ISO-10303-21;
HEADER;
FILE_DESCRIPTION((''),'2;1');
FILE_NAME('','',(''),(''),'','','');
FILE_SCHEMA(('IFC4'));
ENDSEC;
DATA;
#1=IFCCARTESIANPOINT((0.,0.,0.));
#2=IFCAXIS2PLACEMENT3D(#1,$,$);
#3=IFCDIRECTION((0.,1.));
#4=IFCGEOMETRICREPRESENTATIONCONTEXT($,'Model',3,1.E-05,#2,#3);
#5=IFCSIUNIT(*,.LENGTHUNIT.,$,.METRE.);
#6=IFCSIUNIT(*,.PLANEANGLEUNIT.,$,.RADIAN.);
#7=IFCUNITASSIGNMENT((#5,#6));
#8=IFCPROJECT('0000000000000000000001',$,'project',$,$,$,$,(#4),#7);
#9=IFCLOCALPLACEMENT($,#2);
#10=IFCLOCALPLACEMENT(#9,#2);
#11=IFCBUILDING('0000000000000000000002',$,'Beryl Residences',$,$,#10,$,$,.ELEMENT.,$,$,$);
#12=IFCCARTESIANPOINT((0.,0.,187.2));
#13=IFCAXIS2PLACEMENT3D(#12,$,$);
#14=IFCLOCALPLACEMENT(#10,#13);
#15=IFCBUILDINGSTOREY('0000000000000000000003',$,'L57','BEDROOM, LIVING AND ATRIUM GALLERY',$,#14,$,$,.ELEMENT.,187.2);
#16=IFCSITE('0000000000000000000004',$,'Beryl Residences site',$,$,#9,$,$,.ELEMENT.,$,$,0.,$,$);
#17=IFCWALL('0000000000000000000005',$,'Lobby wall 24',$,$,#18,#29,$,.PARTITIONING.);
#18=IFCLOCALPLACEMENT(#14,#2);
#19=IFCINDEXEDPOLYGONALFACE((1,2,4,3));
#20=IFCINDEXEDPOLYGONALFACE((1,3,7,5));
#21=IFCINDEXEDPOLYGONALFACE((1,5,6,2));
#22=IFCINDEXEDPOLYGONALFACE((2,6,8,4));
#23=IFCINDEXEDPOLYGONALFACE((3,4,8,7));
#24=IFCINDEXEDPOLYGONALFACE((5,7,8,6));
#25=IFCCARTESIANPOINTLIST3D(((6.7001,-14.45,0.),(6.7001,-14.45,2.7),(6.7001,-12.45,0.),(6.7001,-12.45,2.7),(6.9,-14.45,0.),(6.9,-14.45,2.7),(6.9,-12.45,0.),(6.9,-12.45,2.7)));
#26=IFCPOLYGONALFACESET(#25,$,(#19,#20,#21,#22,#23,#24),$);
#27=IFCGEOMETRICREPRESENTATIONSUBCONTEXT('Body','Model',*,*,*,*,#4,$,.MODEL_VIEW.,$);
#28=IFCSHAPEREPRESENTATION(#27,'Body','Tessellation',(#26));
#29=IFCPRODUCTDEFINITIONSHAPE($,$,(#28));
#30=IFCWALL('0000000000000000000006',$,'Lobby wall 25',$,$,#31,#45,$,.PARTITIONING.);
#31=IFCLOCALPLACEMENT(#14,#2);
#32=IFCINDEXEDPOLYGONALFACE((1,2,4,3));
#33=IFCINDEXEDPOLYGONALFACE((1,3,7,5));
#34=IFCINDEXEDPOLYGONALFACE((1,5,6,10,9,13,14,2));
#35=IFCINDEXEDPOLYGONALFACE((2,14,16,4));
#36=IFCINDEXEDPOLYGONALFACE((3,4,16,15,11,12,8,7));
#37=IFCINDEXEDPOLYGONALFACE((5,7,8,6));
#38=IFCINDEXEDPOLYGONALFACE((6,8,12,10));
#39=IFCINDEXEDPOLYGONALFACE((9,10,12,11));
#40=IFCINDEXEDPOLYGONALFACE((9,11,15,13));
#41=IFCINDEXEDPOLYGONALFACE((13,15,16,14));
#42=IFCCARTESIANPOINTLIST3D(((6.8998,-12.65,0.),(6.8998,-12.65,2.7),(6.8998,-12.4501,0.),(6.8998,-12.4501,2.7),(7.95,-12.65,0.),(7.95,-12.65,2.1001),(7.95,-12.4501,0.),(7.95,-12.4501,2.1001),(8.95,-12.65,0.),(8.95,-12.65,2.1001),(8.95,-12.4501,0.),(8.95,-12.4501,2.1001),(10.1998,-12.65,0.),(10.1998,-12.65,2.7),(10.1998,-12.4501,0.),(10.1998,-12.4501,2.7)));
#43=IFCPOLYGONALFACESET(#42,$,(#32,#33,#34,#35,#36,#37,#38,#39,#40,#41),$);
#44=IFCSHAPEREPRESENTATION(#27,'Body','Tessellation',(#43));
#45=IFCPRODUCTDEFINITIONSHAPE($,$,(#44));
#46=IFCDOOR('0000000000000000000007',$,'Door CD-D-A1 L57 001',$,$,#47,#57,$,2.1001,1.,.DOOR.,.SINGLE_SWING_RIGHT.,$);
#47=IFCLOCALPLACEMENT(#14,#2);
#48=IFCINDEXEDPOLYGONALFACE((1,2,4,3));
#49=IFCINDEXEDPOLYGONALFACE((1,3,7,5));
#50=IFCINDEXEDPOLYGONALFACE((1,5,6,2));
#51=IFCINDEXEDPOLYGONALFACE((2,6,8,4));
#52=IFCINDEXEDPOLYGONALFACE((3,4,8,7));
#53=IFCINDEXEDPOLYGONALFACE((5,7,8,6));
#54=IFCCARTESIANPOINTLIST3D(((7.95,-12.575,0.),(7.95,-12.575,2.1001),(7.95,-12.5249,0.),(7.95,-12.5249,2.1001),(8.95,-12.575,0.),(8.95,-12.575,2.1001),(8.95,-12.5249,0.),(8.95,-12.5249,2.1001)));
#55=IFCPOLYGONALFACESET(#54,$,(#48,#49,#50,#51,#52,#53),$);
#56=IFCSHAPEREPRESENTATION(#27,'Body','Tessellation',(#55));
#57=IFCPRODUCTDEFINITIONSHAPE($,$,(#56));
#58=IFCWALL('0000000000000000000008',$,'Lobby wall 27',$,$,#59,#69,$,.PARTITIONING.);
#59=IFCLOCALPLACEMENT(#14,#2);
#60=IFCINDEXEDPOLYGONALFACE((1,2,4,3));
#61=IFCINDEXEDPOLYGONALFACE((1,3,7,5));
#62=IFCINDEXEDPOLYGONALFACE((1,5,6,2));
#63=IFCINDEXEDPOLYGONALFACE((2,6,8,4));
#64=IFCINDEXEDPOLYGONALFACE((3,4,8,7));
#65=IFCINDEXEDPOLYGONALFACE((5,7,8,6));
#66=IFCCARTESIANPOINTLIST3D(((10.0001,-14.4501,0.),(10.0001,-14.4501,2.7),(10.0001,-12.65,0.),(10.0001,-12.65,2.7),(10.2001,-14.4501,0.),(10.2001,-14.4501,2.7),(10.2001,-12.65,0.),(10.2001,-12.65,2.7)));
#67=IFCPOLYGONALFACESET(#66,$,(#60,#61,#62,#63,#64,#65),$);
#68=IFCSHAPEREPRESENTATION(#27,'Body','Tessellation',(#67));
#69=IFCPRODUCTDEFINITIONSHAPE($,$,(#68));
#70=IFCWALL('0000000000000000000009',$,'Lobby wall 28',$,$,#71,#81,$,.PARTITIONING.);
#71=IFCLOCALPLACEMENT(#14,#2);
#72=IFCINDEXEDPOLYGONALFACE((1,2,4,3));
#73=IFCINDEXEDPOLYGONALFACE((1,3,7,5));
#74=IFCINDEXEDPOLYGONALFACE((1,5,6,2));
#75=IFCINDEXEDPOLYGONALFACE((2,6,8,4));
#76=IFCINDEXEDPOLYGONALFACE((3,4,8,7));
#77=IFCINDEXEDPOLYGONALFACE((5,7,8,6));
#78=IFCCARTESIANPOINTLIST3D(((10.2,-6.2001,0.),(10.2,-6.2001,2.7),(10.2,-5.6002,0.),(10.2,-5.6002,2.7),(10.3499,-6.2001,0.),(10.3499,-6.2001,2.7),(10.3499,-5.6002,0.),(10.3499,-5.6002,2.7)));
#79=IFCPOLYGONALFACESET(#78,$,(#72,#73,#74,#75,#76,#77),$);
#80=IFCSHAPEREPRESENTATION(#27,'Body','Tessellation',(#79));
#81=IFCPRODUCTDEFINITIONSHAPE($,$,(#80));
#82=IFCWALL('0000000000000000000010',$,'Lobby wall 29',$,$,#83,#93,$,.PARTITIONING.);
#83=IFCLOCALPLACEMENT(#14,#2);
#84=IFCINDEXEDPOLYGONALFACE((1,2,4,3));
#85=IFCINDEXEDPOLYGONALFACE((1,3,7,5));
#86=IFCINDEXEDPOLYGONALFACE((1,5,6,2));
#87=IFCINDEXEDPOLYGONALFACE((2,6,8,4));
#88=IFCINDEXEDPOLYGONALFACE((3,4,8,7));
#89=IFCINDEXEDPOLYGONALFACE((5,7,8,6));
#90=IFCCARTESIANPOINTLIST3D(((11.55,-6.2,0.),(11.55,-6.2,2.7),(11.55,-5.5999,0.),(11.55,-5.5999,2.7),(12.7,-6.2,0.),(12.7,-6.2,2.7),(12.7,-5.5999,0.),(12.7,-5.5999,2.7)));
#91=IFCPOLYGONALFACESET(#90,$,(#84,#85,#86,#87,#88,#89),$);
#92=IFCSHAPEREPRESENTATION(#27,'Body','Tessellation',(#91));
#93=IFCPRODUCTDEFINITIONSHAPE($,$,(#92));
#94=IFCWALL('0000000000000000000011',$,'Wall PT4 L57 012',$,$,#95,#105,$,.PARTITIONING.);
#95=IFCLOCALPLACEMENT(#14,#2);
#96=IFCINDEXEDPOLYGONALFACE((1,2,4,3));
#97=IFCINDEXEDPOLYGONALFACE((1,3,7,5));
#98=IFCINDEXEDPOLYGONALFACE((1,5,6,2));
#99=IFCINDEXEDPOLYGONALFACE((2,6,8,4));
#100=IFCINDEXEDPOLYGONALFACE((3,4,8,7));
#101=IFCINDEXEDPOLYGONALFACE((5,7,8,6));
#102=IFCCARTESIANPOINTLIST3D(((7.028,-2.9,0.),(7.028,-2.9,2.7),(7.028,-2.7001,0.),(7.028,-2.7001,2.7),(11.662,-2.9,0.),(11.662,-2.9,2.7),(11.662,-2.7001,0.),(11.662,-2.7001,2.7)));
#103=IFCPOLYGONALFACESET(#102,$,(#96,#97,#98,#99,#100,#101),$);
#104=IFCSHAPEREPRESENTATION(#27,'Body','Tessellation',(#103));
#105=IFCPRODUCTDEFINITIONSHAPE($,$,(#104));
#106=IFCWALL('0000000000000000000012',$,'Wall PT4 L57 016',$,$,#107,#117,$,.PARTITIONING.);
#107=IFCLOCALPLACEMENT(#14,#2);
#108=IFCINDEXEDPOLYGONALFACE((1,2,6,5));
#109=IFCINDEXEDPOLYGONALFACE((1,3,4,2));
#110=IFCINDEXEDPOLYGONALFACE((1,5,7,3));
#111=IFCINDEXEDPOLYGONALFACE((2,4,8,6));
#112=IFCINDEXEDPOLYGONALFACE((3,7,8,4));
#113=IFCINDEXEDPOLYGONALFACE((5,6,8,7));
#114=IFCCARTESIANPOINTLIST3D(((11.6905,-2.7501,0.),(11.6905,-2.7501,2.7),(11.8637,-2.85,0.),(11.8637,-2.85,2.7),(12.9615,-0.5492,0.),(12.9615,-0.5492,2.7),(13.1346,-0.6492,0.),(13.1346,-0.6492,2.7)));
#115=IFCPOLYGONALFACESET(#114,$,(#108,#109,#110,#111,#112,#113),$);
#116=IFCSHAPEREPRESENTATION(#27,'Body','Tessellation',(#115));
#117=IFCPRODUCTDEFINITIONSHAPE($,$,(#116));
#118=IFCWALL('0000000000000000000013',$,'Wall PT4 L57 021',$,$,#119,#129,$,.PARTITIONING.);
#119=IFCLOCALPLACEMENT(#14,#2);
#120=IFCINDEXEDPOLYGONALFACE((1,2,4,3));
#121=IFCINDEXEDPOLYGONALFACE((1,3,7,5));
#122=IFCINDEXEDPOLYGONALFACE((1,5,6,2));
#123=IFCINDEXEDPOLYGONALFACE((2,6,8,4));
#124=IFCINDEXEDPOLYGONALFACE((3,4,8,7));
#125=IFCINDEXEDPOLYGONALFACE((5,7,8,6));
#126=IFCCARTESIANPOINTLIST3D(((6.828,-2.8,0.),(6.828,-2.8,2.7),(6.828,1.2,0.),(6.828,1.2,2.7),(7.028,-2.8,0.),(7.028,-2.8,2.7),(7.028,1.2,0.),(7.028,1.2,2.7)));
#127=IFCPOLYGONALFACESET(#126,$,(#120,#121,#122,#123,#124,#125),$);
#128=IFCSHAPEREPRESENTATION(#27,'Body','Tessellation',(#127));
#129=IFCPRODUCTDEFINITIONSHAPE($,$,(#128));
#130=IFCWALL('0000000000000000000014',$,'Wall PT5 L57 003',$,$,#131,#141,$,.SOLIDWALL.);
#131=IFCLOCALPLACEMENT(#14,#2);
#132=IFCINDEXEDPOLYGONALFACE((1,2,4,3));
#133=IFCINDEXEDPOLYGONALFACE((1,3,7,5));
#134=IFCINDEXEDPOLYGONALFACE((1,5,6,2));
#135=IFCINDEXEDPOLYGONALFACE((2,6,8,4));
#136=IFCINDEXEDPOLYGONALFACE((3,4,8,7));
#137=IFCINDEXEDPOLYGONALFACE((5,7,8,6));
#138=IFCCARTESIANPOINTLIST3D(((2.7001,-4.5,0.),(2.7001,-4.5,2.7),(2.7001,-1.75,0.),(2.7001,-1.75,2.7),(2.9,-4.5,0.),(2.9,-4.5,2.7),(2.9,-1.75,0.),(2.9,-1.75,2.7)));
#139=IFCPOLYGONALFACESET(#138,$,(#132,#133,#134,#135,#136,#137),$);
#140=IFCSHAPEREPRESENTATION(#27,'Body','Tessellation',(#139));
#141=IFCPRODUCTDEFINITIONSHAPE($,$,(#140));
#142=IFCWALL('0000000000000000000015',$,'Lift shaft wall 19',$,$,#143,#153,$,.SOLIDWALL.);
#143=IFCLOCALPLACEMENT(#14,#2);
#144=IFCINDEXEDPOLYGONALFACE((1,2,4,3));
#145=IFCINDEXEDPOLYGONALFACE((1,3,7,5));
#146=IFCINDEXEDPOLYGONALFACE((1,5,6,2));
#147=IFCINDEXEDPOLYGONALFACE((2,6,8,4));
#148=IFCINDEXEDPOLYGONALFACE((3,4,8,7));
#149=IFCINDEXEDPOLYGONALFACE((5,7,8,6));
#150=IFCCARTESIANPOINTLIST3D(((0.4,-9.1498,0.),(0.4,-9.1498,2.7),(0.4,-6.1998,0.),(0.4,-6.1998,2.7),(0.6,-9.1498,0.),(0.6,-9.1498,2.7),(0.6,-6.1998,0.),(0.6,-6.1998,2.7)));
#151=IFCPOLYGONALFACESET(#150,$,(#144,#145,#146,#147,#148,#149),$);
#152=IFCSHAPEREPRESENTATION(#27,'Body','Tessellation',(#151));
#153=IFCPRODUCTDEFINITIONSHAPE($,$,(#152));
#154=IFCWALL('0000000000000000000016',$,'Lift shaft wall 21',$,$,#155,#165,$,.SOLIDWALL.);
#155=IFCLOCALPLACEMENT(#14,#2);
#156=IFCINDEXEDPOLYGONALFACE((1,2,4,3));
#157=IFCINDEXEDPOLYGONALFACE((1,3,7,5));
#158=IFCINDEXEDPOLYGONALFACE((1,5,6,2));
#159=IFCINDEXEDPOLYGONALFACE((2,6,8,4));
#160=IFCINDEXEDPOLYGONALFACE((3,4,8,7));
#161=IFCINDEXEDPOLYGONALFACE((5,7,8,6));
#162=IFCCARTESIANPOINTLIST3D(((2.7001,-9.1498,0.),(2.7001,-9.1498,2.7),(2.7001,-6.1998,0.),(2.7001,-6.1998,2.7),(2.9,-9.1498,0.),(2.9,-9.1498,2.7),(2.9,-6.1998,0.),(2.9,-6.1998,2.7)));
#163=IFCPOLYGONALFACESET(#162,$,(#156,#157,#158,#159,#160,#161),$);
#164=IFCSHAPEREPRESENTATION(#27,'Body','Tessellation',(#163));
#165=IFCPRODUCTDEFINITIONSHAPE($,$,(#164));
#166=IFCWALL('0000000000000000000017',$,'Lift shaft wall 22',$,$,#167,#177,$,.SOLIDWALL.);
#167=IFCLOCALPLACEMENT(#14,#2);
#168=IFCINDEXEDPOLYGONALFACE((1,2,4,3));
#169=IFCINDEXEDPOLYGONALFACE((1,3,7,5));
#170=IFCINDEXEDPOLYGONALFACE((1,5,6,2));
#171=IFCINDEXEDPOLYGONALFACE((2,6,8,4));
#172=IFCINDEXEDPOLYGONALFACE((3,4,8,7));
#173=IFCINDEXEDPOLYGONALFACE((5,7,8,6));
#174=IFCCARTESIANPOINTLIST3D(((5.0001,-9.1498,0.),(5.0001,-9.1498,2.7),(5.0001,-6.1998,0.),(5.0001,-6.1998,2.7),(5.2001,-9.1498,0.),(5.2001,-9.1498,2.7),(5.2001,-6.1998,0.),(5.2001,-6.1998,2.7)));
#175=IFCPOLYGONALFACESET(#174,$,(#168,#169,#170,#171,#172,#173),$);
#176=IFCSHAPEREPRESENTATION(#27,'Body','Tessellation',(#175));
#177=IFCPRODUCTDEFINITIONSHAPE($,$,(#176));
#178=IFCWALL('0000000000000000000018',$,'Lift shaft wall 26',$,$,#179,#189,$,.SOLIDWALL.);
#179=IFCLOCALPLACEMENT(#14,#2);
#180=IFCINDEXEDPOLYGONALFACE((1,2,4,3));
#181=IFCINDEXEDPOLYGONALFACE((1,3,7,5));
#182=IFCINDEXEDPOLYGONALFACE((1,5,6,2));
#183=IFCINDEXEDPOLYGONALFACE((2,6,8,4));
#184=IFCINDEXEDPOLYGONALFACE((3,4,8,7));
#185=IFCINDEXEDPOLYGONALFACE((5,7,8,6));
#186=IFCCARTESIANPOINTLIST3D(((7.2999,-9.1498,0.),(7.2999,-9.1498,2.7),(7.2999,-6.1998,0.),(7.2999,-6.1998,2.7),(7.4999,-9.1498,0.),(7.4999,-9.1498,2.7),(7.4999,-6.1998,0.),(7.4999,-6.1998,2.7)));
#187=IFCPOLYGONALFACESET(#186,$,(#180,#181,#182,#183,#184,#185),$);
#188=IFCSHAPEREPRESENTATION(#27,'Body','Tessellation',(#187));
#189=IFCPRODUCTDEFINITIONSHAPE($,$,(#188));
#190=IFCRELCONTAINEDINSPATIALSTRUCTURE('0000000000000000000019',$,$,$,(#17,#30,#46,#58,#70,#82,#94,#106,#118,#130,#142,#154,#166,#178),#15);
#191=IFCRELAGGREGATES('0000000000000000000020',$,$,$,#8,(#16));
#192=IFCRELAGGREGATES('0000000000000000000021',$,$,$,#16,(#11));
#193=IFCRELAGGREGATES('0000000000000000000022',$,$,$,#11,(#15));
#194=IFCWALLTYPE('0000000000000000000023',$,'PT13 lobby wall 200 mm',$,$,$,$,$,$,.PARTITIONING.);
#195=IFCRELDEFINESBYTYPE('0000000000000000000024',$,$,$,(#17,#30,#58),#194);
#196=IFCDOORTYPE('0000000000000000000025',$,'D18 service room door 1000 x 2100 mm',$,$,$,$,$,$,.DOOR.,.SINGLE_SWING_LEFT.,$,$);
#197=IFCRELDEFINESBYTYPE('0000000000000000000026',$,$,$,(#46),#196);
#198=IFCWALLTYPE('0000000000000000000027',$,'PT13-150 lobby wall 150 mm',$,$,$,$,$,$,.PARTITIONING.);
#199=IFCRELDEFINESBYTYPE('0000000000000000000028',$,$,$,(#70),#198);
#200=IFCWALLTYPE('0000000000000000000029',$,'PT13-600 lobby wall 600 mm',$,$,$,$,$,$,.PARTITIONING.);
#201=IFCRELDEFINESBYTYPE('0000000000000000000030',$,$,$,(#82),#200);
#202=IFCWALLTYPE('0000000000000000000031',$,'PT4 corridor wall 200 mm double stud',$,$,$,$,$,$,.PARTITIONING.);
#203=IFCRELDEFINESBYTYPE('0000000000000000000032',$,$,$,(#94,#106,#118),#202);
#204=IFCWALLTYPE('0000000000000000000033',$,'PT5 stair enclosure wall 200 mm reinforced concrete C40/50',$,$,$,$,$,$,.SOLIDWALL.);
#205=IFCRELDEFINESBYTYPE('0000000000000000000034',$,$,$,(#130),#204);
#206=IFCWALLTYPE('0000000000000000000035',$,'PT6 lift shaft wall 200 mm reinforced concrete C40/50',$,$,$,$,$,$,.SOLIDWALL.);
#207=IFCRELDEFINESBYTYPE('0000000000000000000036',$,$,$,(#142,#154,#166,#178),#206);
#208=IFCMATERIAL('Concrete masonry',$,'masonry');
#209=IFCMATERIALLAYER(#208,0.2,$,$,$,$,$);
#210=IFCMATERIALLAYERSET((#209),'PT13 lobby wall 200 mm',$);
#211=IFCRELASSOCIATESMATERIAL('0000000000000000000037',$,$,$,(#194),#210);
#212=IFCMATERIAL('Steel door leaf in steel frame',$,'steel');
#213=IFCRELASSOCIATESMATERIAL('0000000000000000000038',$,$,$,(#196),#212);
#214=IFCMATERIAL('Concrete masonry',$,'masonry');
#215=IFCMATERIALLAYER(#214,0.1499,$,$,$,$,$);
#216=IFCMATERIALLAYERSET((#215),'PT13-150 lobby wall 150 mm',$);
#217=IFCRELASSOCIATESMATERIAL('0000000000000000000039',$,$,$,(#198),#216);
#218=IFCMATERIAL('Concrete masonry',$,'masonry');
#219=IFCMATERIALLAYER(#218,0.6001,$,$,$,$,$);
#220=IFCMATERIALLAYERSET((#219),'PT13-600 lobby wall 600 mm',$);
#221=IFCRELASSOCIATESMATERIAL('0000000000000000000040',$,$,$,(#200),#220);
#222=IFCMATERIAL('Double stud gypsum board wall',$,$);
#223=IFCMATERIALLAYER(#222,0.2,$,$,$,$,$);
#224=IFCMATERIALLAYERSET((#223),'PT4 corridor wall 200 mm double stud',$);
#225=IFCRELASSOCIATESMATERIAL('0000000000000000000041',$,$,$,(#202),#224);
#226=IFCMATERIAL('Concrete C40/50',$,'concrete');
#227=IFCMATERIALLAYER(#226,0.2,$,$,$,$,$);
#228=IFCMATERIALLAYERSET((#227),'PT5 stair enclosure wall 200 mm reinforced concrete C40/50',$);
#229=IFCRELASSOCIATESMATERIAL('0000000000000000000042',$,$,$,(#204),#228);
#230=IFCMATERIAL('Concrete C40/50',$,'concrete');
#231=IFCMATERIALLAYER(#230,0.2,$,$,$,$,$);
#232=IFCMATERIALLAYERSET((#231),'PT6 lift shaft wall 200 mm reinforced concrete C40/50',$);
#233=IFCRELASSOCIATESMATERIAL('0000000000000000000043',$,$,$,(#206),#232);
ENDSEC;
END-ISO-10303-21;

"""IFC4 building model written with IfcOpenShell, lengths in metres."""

from ifc_helpers import new_model, si_unit, direction, frame, frame_2d, origin, place, context, subcontext, project, spatial, rectangle, extrude, material, layer, layer_set, type_object, element, fill, save


model = new_model("IFC4")

# Units and contexts
model_context = context("Model", 3, precision=1e-05, world=origin(), true_north=direction((0.0, 1.0)))
body_context = subcontext(model_context, "Body", "Model", "MODEL_VIEW")
ifc_project = project(units=[si_unit("LENGTHUNIT", "METRE"), si_unit("PLANEANGLEUNIT", "RADIAN")], contexts=[model_context])

# Site, building, storey
site_placement = place(None, origin())
site = spatial("IfcSite", under=ifc_project, at=site_placement, Name="Beryl Residences site", CompositionType="ELEMENT", RefElevation=0.0)
building_placement = place(site_placement, origin())
building = spatial("IfcBuilding", under=site, at=building_placement, Name="Beryl Residences", CompositionType="ELEMENT")
storey_placement = place(building_placement, frame((0.0, 0.0, 187.2)))
storey = spatial("IfcBuildingStorey", under=building, at=storey_placement, Name="L57", Description="BEDROOM, LIVING AND ATRIUM GALLERY", CompositionType="ELEMENT", Elevation=187.2)

# Wall
ifc_material_1 = material(Name="Concrete masonry", Category="masonry")
ifc_layer_1 = layer(ifc_material_1, 0.2)
ifc_layer_set_1 = layer_set([ifc_layer_1], Name="PT13 lobby wall 200 mm")
wall_type_1 = type_object("IfcWallType", Name="PT13 lobby wall 200 mm", PredefinedType="PARTITIONING", material=ifc_layer_set_1)
wall_1_placement = place(storey_placement, frame((6.8, -14.45, 0.0), z_axis=(0.0, 0.0, 1.0), x_axis=(0.0, 1.0, 0.0)))
element("IfcWall", 1, at=wall_1_placement, inside=storey, type_object=wall_type_1, Name="Lobby wall 24", PredefinedType="PARTITIONING", context=body_context, shape_type="SweptSolid", body=[
    extrude(rectangle(XDim=2.0, YDim=0.2, at=frame_2d((1.0, 0.0))), origin(), (0.0, 0.0, 1.0), 2.7),
])

# Wall, opening, door
wall_2_placement = place(storey_placement, frame((6.8999, -12.55, 0.0), z_axis=(0.0, 0.0, 1.0), x_axis=(1.0, 0.0, 0.0)))
wall_2 = element("IfcWall", 2, at=wall_2_placement, inside=storey, type_object=wall_type_1, Name="Lobby wall 25", PredefinedType="PARTITIONING", context=body_context, shape_type="SweptSolid", body=[
    extrude(rectangle(XDim=3.3, YDim=0.2, at=frame_2d((1.6499, 0.0))), origin(), (0.0, 0.0, 1.0), 2.7),
])
opening_placement = place(wall_2_placement, frame((2.05, 0.0, 0.0), z_axis=(0.0, 0.0, 1.0), x_axis=(-1.0, 0.0, 0.0)))
opening = element("IfcOpeningElement", 3, at=opening_placement, cuts=wall_2, PredefinedType="OPENING", context=body_context, shape_type="SweptSolid", body=[
    extrude(rectangle(XDim=1.0, YDim=2.1001, at=frame_2d((0.5, 1.05))), frame((0.0, 0.1099, 0.0), z_axis=(0.0, -1.0, 0.0), x_axis=(1.0, 0.0, 0.0)), (0.0, 0.0, 1.0), 0.22),
])
ifc_material_2 = material(Name="Steel door leaf in steel frame", Category="steel")
door_type = type_object("IfcDoorType", Name="D18 service room door 1000 x 2100 mm", OperationType="SINGLE_SWING_LEFT", PredefinedType="DOOR", material=ifc_material_2)
door_placement = place(opening_placement, origin())
door = element("IfcDoor", 4, at=door_placement, inside=storey, type_object=door_type, Name="Door CD-D-A1 L57 001", OperationType="SINGLE_SWING_RIGHT", OverallHeight=2.1001, OverallWidth=1.0, PredefinedType="DOOR", context=body_context, shape_type="SweptSolid", body=[
    extrude(rectangle(XDim=1.0, YDim=2.1001, at=frame_2d((0.5, 1.05))), frame((0.0, 0.0249, 0.0), z_axis=(0.0, -1.0, 0.0), x_axis=(1.0, 0.0, 0.0)), (0.0, 0.0, 1.0), 0.05),
])
fill(opening, door)

# Walls
wall_3_placement = place(storey_placement, frame((10.1001, -14.45, 0.0), z_axis=(0.0, 0.0, 1.0), x_axis=(0.0, 1.0, 0.0)))
element("IfcWall", 5, at=wall_3_placement, inside=storey, type_object=wall_type_1, Name="Lobby wall 27", PredefinedType="PARTITIONING", context=body_context, shape_type="SweptSolid", body=[
    extrude(rectangle(XDim=1.8, YDim=0.2, at=frame_2d((0.8999, 0.0))), origin(), (0.0, 0.0, 1.0), 2.7),
])
ifc_material_3 = material(Name="Concrete masonry", Category="masonry")
ifc_layer_2 = layer(ifc_material_3, 0.1499)
ifc_layer_set_2 = layer_set([ifc_layer_2], Name="PT13-150 lobby wall 150 mm")
wall_type_2 = type_object("IfcWallType", Name="PT13-150 lobby wall 150 mm", PredefinedType="PARTITIONING", material=ifc_layer_set_2)
wall_4_placement = place(storey_placement, frame((10.2749, -6.2, 0.0), z_axis=(0.0, 0.0, 1.0), x_axis=(0.0, 1.0, 0.0)))
element("IfcWall", 6, at=wall_4_placement, inside=storey, type_object=wall_type_2, Name="Lobby wall 28", PredefinedType="PARTITIONING", context=body_context, shape_type="SweptSolid", body=[
    extrude(rectangle(XDim=0.5999, YDim=0.1499, at=frame_2d((0.2998, 0.0))), origin(), (0.0, 0.0, 1.0), 2.7),
])
ifc_material_4 = material(Name="Concrete masonry", Category="masonry")
ifc_layer_3 = layer(ifc_material_4, 0.6001)
ifc_layer_set_3 = layer_set([ifc_layer_3], Name="PT13-600 lobby wall 600 mm")
wall_type_3 = type_object("IfcWallType", Name="PT13-600 lobby wall 600 mm", PredefinedType="PARTITIONING", material=ifc_layer_set_3)
wall_5_placement = place(storey_placement, frame((11.55, -5.8999, 0.0), z_axis=(0.0, 0.0, 1.0), x_axis=(1.0, 0.0, 0.0)))
element("IfcWall", 7, at=wall_5_placement, inside=storey, type_object=wall_type_3, Name="Lobby wall 29", PredefinedType="PARTITIONING", context=body_context, shape_type="SweptSolid", body=[
    extrude(rectangle(XDim=1.1499, YDim=0.6001, at=frame_2d((0.575, 0.0))), origin(), (0.0, 0.0, 1.0), 2.7),
])
ifc_material_5 = material(Name="Double stud gypsum board wall")
ifc_layer_4 = layer(ifc_material_5, 0.2)
ifc_layer_set_4 = layer_set([ifc_layer_4], Name="PT4 corridor wall 200 mm double stud")
wall_type_4 = type_object("IfcWallType", Name="PT4 corridor wall 200 mm double stud", PredefinedType="PARTITIONING", material=ifc_layer_set_4)
wall_6_placement = place(storey_placement, frame((7.0281, -2.8, 0.0), z_axis=(0.0, 0.0, 1.0), x_axis=(1.0, 0.0, 0.0)))
element("IfcWall", 8, at=wall_6_placement, inside=storey, type_object=wall_type_4, Name="Wall PT4 L57 012", PredefinedType="PARTITIONING", context=body_context, shape_type="SweptSolid", body=[
    extrude(rectangle(XDim=4.634, YDim=0.2, at=frame_2d((2.3169, 0.0))), origin(), (0.0, 0.0, 1.0), 2.7),
])
wall_7_placement = place(storey_placement, frame((11.7771, -2.8, 0.0), z_axis=(0.0, 0.0, 1.0), x_axis=(0.500086, 0.865976, 0.0)))
element("IfcWall", 9, at=wall_7_placement, inside=storey, type_object=wall_type_4, Name="Wall PT4 L57 016", PredefinedType="PARTITIONING", context=body_context, shape_type="SweptSolid", body=[
    extrude(rectangle(XDim=2.5415, YDim=0.2, at=frame_2d((1.2708, 0.0))), origin(), (0.0, 0.0, 1.0), 2.7),
])
wall_8_placement = place(storey_placement, frame((6.928, -2.8, 0.0), z_axis=(0.0, 0.0, 1.0), x_axis=(0.0, 1.0, 0.0)))
element("IfcWall", 10, at=wall_8_placement, inside=storey, type_object=wall_type_4, Name="Wall PT4 L57 021", PredefinedType="PARTITIONING", context=body_context, shape_type="SweptSolid", body=[
    extrude(rectangle(XDim=4.0, YDim=0.2, at=frame_2d((2.0, 0.0))), origin(), (0.0, 0.0, 1.0), 2.7),
])
ifc_material_6 = material(Name="Concrete C40/50", Category="concrete")
ifc_layer_5 = layer(ifc_material_6, 0.2)
ifc_layer_set_5 = layer_set([ifc_layer_5], Name="PT5 stair enclosure wall 200 mm reinforced concrete C40/50")
wall_type_5 = type_object("IfcWallType", Name="PT5 stair enclosure wall 200 mm reinforced concrete C40/50", PredefinedType="SOLIDWALL", material=ifc_layer_set_5)
wall_9_placement = place(storey_placement, frame((2.8, -4.5, 0.0), z_axis=(0.0, 0.0, 1.0), x_axis=(0.0, 1.0, 0.0)))
element("IfcWall", 11, at=wall_9_placement, inside=storey, type_object=wall_type_5, Name="Wall PT5 L57 003", PredefinedType="SOLIDWALL", context=body_context, shape_type="SweptSolid", body=[
    extrude(rectangle(XDim=2.75, YDim=0.2, at=frame_2d((1.375, 0.0))), origin(), (0.0, 0.0, 1.0), 2.7),
])
ifc_material_7 = material(Name="Concrete C40/50", Category="concrete")
ifc_layer_6 = layer(ifc_material_7, 0.2)
ifc_layer_set_6 = layer_set([ifc_layer_6], Name="PT6 lift shaft wall 200 mm reinforced concrete C40/50")
wall_type_6 = type_object("IfcWallType", Name="PT6 lift shaft wall 200 mm reinforced concrete C40/50", PredefinedType="SOLIDWALL", material=ifc_layer_set_6)
for number, where, z_axis, x_axis, name in (
    (12, (0.5, -9.1499, 0.0), (0.0, 0.0, 1.0), (0.0, 1.0, 0.0), "Lift shaft wall 19"),
    (13, (2.8, -9.1499, 0.0), (0.0, 0.0, 1.0), (0.0, 1.0, 0.0), "Lift shaft wall 21"),
    (14, (5.1001, -9.1499, 0.0), (0.0, 0.0, 1.0), (0.0, 1.0, 0.0), "Lift shaft wall 22"),
    (15, (7.3999, -9.1499, 0.0), (0.0, 0.0, 1.0), (0.0, 1.0, 0.0), "Lift shaft wall 26"),
):
    element("IfcWall", number, at=place(storey_placement, frame(where, z_axis=z_axis, x_axis=x_axis)), inside=storey, type_object=wall_type_6, Name=name, PredefinedType="SOLIDWALL", context=body_context, shape_type="SweptSolid", body=[
        extrude(rectangle(XDim=2.95, YDim=0.2, at=frame_2d((1.4751, 0.0))), origin(), (0.0, 0.0, 1.0), 2.7),
    ])

save(model, "model.ifc")
